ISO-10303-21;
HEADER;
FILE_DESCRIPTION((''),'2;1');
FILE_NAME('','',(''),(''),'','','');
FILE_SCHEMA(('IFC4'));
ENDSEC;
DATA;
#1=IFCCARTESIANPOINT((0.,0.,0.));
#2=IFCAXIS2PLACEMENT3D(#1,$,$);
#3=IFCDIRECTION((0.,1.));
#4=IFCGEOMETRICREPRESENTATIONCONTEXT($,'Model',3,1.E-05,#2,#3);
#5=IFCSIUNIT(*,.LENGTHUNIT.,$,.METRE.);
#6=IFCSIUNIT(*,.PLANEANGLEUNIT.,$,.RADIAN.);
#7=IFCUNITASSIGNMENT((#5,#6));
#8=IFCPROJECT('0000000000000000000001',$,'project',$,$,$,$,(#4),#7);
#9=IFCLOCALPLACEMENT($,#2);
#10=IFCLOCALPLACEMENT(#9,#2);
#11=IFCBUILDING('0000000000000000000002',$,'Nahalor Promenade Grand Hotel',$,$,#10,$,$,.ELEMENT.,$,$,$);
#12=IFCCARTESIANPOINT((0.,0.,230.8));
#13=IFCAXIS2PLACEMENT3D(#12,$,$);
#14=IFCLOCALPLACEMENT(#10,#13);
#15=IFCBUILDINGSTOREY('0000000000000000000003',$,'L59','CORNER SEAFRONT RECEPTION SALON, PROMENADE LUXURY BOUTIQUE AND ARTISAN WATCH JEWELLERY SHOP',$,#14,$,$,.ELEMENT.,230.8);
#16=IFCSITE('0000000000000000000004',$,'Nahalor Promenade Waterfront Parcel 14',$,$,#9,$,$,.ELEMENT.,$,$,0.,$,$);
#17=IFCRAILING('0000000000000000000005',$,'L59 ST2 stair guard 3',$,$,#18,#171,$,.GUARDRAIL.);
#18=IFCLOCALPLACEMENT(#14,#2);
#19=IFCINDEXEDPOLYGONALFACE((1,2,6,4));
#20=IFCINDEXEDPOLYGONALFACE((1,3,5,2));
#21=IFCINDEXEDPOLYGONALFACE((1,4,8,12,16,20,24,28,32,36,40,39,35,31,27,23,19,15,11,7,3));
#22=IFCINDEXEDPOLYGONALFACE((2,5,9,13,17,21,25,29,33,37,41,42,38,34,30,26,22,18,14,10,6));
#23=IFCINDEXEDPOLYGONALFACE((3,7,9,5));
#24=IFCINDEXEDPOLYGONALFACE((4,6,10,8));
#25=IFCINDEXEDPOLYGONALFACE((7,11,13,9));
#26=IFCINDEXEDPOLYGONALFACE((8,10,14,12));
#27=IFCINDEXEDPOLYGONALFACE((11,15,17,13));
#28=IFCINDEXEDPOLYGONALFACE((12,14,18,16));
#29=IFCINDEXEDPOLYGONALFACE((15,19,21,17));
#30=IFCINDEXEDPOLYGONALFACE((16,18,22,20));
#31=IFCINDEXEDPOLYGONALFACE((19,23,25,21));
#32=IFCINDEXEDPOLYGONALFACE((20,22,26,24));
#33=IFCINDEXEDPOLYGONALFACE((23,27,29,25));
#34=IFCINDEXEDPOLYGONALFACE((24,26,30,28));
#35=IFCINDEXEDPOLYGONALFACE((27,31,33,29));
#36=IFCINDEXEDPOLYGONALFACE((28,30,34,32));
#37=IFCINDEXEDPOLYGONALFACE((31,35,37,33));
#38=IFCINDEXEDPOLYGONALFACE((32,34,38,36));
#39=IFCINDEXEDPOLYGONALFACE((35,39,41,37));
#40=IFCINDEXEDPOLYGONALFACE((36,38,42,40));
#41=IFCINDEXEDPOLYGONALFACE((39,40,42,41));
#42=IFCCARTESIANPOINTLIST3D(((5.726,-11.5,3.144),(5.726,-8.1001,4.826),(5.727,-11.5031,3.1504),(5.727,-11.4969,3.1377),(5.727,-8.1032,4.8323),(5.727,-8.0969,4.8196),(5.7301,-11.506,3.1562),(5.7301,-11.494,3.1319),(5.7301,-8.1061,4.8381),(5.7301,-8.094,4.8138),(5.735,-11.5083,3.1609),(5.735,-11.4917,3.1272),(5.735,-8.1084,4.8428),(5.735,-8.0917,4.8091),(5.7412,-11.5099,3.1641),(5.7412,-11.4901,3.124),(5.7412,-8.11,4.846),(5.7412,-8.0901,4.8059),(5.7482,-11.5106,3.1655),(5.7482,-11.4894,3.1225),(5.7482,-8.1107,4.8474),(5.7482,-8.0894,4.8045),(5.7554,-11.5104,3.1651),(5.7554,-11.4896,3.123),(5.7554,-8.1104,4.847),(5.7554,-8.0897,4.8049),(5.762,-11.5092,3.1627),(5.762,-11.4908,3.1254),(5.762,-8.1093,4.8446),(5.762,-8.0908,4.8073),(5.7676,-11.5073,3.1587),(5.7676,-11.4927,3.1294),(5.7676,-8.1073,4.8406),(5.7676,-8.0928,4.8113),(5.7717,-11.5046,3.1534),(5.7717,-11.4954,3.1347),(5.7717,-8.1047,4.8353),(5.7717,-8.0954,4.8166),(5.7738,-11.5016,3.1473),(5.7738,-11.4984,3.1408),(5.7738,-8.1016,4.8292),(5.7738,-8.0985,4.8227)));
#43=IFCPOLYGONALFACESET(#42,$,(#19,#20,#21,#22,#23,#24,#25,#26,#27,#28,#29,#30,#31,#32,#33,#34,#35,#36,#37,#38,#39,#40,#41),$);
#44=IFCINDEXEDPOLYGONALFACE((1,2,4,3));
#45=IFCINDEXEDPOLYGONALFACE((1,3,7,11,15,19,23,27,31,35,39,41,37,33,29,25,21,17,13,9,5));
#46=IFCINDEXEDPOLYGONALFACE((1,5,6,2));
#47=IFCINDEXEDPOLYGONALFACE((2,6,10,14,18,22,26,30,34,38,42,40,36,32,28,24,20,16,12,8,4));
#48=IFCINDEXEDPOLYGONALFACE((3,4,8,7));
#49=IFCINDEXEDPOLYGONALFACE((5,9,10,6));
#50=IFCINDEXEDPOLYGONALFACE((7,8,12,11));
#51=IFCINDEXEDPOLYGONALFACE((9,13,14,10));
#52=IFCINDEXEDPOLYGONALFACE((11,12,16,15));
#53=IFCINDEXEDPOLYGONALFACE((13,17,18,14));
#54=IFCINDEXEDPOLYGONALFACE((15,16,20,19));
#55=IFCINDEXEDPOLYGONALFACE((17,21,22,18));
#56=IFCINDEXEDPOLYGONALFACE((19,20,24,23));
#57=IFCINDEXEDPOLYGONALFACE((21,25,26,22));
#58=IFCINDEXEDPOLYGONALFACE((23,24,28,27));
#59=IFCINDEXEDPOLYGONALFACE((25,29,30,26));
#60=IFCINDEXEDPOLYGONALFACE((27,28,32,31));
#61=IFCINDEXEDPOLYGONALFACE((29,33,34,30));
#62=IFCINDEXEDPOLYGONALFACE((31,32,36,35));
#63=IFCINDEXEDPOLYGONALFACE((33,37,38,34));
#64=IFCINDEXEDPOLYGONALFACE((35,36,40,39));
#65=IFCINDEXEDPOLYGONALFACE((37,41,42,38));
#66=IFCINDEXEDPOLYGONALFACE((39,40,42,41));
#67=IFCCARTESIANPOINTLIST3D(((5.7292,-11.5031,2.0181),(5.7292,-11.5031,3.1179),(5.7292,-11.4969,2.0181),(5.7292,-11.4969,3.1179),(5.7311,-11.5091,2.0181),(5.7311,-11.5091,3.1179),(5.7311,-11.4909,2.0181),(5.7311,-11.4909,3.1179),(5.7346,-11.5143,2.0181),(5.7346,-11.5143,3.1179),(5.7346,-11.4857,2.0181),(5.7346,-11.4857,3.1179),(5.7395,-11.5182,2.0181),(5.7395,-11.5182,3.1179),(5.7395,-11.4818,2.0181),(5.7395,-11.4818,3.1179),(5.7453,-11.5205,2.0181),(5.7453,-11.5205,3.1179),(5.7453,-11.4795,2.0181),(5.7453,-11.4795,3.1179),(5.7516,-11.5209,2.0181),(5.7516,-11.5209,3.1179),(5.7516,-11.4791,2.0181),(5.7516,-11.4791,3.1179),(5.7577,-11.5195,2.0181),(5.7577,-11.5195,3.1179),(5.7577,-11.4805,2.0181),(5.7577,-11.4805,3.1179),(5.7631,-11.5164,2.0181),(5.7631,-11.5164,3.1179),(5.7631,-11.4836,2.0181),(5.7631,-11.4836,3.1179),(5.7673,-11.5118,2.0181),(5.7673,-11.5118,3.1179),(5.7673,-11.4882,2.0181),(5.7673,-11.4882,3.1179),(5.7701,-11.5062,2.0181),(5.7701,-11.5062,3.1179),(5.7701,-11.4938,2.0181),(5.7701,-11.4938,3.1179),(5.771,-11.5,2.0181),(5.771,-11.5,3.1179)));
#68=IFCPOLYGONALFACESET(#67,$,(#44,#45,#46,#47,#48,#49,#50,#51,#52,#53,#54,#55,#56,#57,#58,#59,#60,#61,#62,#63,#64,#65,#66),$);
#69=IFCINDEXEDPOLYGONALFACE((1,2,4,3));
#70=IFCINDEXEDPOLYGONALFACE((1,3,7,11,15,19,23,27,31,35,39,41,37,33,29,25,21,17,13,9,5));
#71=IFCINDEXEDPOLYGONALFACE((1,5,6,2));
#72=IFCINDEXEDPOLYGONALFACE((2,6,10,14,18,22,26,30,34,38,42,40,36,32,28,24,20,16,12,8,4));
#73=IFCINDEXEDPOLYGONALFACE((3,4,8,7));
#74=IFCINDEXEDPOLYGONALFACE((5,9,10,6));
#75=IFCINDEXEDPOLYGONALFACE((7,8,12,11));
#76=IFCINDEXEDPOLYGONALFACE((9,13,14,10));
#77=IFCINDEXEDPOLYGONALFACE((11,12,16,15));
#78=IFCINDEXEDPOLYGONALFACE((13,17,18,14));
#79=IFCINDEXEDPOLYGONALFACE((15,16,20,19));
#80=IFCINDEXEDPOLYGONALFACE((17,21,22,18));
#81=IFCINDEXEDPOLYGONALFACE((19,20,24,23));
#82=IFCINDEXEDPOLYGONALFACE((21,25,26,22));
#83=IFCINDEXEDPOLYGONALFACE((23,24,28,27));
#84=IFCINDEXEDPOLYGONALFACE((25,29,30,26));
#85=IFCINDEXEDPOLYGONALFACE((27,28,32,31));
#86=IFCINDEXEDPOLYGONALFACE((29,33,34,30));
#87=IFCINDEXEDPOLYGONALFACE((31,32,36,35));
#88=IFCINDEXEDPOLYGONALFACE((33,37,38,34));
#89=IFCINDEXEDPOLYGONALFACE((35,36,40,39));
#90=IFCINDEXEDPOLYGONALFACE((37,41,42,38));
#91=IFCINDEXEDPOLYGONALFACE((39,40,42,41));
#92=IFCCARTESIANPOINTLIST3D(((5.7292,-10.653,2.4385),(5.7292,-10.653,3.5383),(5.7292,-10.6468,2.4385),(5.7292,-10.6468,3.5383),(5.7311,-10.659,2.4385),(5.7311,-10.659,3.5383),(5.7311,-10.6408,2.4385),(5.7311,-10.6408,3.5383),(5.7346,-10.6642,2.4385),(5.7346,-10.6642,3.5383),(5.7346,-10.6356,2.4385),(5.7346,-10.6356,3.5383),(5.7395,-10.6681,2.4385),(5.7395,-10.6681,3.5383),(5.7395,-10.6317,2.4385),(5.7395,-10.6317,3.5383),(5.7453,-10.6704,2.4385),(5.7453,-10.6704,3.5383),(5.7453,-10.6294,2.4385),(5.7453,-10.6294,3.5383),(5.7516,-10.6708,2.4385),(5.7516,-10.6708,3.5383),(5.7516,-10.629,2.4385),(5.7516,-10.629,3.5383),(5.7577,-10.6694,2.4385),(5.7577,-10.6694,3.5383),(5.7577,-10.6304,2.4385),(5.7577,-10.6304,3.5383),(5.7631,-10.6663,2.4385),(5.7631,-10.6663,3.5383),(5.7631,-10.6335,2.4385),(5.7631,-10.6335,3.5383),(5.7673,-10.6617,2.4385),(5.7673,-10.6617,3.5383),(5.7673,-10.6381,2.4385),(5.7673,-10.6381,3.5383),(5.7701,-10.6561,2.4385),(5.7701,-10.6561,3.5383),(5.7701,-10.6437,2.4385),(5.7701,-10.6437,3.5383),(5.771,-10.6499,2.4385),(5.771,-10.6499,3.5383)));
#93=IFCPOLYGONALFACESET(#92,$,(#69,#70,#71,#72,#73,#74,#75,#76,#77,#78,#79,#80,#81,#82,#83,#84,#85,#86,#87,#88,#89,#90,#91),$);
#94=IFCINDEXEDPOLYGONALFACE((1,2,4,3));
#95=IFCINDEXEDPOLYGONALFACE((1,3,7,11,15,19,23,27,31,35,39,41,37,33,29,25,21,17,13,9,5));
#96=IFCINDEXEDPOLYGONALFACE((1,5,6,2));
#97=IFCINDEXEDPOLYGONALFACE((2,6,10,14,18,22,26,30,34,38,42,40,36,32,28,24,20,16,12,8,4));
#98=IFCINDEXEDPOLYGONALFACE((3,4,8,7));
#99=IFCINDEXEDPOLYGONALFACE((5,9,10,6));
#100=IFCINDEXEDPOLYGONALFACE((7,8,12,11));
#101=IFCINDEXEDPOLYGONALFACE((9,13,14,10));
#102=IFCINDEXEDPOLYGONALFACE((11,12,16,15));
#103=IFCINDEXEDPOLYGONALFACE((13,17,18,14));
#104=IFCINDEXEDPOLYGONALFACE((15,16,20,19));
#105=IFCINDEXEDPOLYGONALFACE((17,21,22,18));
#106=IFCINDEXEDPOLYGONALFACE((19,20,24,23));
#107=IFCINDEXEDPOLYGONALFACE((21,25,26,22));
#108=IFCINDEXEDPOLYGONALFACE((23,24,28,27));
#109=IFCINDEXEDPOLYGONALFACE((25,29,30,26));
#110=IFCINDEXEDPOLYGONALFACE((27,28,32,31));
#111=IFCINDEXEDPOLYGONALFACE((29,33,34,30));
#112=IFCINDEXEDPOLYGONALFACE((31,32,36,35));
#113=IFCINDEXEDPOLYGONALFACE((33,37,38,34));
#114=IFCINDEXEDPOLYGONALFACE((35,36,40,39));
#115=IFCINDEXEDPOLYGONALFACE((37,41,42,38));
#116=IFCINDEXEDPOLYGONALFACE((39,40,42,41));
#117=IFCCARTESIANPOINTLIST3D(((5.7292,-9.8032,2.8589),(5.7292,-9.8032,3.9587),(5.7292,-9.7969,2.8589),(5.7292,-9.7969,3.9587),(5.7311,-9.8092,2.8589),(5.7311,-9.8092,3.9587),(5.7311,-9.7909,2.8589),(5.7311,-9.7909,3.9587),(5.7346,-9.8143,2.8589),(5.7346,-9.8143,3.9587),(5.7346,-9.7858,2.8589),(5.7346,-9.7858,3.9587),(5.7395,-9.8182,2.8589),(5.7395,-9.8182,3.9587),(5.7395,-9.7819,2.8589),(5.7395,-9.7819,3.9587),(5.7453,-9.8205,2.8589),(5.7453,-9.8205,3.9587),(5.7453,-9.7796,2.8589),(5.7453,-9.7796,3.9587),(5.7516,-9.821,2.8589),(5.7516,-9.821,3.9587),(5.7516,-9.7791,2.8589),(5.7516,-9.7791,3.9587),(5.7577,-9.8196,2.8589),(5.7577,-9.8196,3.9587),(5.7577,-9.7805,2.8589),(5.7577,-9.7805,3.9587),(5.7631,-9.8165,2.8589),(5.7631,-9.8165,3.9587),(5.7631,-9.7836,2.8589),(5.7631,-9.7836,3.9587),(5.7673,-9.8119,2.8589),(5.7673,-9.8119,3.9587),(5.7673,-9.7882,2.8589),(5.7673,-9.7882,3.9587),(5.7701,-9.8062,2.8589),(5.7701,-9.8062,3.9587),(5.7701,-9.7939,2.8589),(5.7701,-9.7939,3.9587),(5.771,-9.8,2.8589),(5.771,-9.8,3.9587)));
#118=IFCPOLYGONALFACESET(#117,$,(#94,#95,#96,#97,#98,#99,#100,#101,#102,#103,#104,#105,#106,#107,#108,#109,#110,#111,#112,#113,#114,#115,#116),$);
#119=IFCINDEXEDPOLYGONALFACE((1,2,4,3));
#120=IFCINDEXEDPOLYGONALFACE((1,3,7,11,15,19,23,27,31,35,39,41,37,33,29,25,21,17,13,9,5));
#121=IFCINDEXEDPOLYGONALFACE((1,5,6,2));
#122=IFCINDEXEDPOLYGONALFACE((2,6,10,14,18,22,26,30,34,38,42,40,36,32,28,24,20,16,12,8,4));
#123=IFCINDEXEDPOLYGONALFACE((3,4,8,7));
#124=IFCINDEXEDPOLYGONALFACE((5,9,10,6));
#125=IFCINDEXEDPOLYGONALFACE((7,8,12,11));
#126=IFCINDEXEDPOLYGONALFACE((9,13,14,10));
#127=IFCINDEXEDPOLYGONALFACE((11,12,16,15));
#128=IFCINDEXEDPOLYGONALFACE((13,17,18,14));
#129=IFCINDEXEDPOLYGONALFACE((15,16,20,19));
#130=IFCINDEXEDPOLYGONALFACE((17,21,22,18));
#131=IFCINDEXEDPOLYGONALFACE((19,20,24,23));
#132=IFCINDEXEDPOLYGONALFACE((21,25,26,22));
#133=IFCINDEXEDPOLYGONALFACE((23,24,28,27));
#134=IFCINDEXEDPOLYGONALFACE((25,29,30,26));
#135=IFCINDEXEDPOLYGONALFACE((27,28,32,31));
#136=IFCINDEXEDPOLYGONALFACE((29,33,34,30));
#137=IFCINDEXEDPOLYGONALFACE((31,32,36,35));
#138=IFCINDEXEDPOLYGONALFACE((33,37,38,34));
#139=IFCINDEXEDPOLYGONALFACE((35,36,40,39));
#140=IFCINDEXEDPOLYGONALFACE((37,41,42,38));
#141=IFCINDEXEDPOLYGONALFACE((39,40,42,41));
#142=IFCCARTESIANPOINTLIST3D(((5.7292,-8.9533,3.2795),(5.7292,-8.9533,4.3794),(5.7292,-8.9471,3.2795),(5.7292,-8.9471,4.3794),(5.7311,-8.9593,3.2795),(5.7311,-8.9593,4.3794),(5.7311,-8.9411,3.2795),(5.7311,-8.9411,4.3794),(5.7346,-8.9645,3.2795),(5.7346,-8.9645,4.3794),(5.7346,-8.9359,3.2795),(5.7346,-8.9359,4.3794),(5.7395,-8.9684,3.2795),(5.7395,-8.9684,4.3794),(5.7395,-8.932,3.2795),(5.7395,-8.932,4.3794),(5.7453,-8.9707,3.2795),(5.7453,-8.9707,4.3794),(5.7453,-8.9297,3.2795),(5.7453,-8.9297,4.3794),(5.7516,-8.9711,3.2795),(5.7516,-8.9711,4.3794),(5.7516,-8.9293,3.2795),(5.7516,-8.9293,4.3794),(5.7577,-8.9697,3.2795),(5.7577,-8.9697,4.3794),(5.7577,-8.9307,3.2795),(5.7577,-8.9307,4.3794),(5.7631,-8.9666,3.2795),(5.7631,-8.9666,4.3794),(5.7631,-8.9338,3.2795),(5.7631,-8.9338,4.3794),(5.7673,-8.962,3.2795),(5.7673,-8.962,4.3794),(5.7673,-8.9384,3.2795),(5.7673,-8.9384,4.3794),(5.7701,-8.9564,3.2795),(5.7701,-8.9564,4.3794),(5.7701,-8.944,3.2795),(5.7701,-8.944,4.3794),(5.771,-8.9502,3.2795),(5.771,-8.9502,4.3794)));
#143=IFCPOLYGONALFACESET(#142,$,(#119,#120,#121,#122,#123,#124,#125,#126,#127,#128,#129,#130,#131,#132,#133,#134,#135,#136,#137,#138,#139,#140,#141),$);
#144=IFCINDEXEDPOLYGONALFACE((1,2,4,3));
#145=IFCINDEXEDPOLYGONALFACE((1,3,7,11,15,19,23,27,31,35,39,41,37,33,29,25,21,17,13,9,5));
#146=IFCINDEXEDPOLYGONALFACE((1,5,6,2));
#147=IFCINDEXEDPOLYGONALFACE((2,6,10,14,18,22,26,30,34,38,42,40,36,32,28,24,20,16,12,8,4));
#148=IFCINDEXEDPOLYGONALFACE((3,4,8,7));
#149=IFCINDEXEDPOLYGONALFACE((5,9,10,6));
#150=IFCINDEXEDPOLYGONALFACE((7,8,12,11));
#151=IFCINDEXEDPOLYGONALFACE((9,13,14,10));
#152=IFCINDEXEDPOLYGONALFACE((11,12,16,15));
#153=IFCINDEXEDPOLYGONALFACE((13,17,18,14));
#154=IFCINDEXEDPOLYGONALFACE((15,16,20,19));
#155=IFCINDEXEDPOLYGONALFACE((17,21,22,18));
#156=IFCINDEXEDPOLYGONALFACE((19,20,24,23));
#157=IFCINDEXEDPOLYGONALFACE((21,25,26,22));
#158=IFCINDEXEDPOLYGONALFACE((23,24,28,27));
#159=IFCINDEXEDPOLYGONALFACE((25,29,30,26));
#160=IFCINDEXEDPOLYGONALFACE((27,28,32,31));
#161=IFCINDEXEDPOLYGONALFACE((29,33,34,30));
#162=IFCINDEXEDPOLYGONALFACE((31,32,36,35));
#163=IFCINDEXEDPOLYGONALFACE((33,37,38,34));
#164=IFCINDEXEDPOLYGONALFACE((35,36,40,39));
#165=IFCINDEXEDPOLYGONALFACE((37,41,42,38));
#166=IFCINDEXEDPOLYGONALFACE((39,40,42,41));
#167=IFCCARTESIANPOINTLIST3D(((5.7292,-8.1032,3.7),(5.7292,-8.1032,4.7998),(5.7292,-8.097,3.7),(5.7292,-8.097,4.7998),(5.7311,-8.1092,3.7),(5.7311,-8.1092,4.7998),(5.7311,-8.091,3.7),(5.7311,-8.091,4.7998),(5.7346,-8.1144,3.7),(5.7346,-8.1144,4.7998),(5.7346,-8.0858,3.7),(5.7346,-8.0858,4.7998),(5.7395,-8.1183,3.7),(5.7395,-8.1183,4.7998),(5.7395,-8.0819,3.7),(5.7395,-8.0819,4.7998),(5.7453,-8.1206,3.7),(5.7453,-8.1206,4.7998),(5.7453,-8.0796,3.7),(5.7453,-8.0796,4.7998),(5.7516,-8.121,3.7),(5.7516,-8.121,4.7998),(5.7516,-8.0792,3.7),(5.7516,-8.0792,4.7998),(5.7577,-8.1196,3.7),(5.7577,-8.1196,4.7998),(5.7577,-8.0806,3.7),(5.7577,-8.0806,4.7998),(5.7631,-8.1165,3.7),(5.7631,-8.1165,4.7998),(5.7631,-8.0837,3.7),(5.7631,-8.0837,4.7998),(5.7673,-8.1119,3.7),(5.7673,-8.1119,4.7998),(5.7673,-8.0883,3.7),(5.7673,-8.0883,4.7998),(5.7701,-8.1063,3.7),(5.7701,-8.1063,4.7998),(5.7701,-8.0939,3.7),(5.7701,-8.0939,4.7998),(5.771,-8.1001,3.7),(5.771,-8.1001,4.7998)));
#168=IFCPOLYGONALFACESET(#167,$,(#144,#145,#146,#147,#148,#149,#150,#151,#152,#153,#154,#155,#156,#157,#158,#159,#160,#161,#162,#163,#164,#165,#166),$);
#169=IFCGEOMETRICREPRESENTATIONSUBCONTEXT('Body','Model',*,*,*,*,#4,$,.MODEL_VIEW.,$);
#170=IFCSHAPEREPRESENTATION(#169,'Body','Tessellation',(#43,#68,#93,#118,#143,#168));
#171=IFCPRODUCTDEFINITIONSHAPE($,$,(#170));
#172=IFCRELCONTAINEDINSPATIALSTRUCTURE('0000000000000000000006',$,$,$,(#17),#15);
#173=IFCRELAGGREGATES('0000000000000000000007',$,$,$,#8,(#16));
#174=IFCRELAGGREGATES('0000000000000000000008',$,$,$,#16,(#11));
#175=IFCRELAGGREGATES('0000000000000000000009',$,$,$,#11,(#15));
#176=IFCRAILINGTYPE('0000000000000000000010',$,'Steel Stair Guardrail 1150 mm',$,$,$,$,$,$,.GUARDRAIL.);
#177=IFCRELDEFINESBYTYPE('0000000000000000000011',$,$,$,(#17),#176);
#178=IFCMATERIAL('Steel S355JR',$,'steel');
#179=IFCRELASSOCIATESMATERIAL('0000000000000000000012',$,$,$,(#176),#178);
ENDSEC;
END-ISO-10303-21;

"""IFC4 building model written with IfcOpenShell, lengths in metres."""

from ifc_helpers import new_model, si_unit, direction, frame, origin, origin_2d, place, context, subcontext, project, spatial, circle, extrude, material, type_object, element, save


model = new_model("IFC4")

# Units and contexts
model_context = context("Model", 3, precision=1e-05, world=origin(), true_north=direction((0.0, 1.0)))
body_context = subcontext(model_context, "Body", "Model", "MODEL_VIEW")
ifc_project = project(units=[si_unit("LENGTHUNIT", "METRE"), si_unit("PLANEANGLEUNIT", "RADIAN")], contexts=[model_context])

# Site, building, storey
site_placement = place(None, origin())
site = spatial("IfcSite", under=ifc_project, at=site_placement, Name="Nahalor Promenade Waterfront Parcel 14", CompositionType="ELEMENT", RefElevation=0.0)
building_placement = place(site_placement, origin())
building = spatial("IfcBuilding", under=site, at=building_placement, Name="Nahalor Promenade Grand Hotel", CompositionType="ELEMENT")
storey_placement = place(building_placement, frame((0.0, 0.0, 230.8)))
storey = spatial("IfcBuildingStorey", under=building, at=storey_placement, Name="L59", Description="CORNER SEAFRONT RECEPTION SALON, PROMENADE LUXURY BOUTIQUE AND ARTISAN WATCH JEWELLERY SHOP", CompositionType="ELEMENT", Elevation=230.8)

# Shared definitions
ifc_material_1 = material(Name="Steel S355JR", Category="steel")

# Railing
railing_type_1 = type_object("IfcRailingType", Name="Steel Stair Guardrail 1150 mm", PredefinedType="GUARDRAIL", material=ifc_material_1)
railing_1_placement = place(storey_placement, frame((5.75, -11.5, 2.0181)))
element("IfcRailing", 1, at=railing_1_placement, inside=storey, type_object=railing_type_1, Name="L59 ST2 stair guard 3", PredefinedType="GUARDRAIL", context=body_context, shape_type="SweptSolid", body=[
    extrude(circle(Radius=0.024, at=origin_2d()), frame((0.0, 0.0, 1.126), z_axis=(0.0, 0.896324, 0.443399), x_axis=(-1.0, 0.0, 0.0)), (0.0, 0.0, 1.0), 3.7932),
    extrude(circle(Radius=0.021, at=origin_2d()), origin(), (0.0, 0.0, 1.0), 1.0999),
    extrude(circle(Radius=0.021, at=origin_2d()), frame((0.0, 0.8501, 0.4204)), (0.0, 0.0, 1.0), 1.0999),
    extrude(circle(Radius=0.021, at=origin_2d()), frame((0.0, 1.7, 0.8408)), (0.0, 0.0, 1.0), 1.0999),
    extrude(circle(Radius=0.021, at=origin_2d()), frame((0.0, 2.5498, 1.2615)), (0.0, 0.0, 1.0), 1.0999),
    extrude(circle(Radius=0.021, at=origin_2d()), frame((0.0, 3.3999, 1.6819)), (0.0, 0.0, 1.0), 1.0999),
])

save(model, "model.ifc")
